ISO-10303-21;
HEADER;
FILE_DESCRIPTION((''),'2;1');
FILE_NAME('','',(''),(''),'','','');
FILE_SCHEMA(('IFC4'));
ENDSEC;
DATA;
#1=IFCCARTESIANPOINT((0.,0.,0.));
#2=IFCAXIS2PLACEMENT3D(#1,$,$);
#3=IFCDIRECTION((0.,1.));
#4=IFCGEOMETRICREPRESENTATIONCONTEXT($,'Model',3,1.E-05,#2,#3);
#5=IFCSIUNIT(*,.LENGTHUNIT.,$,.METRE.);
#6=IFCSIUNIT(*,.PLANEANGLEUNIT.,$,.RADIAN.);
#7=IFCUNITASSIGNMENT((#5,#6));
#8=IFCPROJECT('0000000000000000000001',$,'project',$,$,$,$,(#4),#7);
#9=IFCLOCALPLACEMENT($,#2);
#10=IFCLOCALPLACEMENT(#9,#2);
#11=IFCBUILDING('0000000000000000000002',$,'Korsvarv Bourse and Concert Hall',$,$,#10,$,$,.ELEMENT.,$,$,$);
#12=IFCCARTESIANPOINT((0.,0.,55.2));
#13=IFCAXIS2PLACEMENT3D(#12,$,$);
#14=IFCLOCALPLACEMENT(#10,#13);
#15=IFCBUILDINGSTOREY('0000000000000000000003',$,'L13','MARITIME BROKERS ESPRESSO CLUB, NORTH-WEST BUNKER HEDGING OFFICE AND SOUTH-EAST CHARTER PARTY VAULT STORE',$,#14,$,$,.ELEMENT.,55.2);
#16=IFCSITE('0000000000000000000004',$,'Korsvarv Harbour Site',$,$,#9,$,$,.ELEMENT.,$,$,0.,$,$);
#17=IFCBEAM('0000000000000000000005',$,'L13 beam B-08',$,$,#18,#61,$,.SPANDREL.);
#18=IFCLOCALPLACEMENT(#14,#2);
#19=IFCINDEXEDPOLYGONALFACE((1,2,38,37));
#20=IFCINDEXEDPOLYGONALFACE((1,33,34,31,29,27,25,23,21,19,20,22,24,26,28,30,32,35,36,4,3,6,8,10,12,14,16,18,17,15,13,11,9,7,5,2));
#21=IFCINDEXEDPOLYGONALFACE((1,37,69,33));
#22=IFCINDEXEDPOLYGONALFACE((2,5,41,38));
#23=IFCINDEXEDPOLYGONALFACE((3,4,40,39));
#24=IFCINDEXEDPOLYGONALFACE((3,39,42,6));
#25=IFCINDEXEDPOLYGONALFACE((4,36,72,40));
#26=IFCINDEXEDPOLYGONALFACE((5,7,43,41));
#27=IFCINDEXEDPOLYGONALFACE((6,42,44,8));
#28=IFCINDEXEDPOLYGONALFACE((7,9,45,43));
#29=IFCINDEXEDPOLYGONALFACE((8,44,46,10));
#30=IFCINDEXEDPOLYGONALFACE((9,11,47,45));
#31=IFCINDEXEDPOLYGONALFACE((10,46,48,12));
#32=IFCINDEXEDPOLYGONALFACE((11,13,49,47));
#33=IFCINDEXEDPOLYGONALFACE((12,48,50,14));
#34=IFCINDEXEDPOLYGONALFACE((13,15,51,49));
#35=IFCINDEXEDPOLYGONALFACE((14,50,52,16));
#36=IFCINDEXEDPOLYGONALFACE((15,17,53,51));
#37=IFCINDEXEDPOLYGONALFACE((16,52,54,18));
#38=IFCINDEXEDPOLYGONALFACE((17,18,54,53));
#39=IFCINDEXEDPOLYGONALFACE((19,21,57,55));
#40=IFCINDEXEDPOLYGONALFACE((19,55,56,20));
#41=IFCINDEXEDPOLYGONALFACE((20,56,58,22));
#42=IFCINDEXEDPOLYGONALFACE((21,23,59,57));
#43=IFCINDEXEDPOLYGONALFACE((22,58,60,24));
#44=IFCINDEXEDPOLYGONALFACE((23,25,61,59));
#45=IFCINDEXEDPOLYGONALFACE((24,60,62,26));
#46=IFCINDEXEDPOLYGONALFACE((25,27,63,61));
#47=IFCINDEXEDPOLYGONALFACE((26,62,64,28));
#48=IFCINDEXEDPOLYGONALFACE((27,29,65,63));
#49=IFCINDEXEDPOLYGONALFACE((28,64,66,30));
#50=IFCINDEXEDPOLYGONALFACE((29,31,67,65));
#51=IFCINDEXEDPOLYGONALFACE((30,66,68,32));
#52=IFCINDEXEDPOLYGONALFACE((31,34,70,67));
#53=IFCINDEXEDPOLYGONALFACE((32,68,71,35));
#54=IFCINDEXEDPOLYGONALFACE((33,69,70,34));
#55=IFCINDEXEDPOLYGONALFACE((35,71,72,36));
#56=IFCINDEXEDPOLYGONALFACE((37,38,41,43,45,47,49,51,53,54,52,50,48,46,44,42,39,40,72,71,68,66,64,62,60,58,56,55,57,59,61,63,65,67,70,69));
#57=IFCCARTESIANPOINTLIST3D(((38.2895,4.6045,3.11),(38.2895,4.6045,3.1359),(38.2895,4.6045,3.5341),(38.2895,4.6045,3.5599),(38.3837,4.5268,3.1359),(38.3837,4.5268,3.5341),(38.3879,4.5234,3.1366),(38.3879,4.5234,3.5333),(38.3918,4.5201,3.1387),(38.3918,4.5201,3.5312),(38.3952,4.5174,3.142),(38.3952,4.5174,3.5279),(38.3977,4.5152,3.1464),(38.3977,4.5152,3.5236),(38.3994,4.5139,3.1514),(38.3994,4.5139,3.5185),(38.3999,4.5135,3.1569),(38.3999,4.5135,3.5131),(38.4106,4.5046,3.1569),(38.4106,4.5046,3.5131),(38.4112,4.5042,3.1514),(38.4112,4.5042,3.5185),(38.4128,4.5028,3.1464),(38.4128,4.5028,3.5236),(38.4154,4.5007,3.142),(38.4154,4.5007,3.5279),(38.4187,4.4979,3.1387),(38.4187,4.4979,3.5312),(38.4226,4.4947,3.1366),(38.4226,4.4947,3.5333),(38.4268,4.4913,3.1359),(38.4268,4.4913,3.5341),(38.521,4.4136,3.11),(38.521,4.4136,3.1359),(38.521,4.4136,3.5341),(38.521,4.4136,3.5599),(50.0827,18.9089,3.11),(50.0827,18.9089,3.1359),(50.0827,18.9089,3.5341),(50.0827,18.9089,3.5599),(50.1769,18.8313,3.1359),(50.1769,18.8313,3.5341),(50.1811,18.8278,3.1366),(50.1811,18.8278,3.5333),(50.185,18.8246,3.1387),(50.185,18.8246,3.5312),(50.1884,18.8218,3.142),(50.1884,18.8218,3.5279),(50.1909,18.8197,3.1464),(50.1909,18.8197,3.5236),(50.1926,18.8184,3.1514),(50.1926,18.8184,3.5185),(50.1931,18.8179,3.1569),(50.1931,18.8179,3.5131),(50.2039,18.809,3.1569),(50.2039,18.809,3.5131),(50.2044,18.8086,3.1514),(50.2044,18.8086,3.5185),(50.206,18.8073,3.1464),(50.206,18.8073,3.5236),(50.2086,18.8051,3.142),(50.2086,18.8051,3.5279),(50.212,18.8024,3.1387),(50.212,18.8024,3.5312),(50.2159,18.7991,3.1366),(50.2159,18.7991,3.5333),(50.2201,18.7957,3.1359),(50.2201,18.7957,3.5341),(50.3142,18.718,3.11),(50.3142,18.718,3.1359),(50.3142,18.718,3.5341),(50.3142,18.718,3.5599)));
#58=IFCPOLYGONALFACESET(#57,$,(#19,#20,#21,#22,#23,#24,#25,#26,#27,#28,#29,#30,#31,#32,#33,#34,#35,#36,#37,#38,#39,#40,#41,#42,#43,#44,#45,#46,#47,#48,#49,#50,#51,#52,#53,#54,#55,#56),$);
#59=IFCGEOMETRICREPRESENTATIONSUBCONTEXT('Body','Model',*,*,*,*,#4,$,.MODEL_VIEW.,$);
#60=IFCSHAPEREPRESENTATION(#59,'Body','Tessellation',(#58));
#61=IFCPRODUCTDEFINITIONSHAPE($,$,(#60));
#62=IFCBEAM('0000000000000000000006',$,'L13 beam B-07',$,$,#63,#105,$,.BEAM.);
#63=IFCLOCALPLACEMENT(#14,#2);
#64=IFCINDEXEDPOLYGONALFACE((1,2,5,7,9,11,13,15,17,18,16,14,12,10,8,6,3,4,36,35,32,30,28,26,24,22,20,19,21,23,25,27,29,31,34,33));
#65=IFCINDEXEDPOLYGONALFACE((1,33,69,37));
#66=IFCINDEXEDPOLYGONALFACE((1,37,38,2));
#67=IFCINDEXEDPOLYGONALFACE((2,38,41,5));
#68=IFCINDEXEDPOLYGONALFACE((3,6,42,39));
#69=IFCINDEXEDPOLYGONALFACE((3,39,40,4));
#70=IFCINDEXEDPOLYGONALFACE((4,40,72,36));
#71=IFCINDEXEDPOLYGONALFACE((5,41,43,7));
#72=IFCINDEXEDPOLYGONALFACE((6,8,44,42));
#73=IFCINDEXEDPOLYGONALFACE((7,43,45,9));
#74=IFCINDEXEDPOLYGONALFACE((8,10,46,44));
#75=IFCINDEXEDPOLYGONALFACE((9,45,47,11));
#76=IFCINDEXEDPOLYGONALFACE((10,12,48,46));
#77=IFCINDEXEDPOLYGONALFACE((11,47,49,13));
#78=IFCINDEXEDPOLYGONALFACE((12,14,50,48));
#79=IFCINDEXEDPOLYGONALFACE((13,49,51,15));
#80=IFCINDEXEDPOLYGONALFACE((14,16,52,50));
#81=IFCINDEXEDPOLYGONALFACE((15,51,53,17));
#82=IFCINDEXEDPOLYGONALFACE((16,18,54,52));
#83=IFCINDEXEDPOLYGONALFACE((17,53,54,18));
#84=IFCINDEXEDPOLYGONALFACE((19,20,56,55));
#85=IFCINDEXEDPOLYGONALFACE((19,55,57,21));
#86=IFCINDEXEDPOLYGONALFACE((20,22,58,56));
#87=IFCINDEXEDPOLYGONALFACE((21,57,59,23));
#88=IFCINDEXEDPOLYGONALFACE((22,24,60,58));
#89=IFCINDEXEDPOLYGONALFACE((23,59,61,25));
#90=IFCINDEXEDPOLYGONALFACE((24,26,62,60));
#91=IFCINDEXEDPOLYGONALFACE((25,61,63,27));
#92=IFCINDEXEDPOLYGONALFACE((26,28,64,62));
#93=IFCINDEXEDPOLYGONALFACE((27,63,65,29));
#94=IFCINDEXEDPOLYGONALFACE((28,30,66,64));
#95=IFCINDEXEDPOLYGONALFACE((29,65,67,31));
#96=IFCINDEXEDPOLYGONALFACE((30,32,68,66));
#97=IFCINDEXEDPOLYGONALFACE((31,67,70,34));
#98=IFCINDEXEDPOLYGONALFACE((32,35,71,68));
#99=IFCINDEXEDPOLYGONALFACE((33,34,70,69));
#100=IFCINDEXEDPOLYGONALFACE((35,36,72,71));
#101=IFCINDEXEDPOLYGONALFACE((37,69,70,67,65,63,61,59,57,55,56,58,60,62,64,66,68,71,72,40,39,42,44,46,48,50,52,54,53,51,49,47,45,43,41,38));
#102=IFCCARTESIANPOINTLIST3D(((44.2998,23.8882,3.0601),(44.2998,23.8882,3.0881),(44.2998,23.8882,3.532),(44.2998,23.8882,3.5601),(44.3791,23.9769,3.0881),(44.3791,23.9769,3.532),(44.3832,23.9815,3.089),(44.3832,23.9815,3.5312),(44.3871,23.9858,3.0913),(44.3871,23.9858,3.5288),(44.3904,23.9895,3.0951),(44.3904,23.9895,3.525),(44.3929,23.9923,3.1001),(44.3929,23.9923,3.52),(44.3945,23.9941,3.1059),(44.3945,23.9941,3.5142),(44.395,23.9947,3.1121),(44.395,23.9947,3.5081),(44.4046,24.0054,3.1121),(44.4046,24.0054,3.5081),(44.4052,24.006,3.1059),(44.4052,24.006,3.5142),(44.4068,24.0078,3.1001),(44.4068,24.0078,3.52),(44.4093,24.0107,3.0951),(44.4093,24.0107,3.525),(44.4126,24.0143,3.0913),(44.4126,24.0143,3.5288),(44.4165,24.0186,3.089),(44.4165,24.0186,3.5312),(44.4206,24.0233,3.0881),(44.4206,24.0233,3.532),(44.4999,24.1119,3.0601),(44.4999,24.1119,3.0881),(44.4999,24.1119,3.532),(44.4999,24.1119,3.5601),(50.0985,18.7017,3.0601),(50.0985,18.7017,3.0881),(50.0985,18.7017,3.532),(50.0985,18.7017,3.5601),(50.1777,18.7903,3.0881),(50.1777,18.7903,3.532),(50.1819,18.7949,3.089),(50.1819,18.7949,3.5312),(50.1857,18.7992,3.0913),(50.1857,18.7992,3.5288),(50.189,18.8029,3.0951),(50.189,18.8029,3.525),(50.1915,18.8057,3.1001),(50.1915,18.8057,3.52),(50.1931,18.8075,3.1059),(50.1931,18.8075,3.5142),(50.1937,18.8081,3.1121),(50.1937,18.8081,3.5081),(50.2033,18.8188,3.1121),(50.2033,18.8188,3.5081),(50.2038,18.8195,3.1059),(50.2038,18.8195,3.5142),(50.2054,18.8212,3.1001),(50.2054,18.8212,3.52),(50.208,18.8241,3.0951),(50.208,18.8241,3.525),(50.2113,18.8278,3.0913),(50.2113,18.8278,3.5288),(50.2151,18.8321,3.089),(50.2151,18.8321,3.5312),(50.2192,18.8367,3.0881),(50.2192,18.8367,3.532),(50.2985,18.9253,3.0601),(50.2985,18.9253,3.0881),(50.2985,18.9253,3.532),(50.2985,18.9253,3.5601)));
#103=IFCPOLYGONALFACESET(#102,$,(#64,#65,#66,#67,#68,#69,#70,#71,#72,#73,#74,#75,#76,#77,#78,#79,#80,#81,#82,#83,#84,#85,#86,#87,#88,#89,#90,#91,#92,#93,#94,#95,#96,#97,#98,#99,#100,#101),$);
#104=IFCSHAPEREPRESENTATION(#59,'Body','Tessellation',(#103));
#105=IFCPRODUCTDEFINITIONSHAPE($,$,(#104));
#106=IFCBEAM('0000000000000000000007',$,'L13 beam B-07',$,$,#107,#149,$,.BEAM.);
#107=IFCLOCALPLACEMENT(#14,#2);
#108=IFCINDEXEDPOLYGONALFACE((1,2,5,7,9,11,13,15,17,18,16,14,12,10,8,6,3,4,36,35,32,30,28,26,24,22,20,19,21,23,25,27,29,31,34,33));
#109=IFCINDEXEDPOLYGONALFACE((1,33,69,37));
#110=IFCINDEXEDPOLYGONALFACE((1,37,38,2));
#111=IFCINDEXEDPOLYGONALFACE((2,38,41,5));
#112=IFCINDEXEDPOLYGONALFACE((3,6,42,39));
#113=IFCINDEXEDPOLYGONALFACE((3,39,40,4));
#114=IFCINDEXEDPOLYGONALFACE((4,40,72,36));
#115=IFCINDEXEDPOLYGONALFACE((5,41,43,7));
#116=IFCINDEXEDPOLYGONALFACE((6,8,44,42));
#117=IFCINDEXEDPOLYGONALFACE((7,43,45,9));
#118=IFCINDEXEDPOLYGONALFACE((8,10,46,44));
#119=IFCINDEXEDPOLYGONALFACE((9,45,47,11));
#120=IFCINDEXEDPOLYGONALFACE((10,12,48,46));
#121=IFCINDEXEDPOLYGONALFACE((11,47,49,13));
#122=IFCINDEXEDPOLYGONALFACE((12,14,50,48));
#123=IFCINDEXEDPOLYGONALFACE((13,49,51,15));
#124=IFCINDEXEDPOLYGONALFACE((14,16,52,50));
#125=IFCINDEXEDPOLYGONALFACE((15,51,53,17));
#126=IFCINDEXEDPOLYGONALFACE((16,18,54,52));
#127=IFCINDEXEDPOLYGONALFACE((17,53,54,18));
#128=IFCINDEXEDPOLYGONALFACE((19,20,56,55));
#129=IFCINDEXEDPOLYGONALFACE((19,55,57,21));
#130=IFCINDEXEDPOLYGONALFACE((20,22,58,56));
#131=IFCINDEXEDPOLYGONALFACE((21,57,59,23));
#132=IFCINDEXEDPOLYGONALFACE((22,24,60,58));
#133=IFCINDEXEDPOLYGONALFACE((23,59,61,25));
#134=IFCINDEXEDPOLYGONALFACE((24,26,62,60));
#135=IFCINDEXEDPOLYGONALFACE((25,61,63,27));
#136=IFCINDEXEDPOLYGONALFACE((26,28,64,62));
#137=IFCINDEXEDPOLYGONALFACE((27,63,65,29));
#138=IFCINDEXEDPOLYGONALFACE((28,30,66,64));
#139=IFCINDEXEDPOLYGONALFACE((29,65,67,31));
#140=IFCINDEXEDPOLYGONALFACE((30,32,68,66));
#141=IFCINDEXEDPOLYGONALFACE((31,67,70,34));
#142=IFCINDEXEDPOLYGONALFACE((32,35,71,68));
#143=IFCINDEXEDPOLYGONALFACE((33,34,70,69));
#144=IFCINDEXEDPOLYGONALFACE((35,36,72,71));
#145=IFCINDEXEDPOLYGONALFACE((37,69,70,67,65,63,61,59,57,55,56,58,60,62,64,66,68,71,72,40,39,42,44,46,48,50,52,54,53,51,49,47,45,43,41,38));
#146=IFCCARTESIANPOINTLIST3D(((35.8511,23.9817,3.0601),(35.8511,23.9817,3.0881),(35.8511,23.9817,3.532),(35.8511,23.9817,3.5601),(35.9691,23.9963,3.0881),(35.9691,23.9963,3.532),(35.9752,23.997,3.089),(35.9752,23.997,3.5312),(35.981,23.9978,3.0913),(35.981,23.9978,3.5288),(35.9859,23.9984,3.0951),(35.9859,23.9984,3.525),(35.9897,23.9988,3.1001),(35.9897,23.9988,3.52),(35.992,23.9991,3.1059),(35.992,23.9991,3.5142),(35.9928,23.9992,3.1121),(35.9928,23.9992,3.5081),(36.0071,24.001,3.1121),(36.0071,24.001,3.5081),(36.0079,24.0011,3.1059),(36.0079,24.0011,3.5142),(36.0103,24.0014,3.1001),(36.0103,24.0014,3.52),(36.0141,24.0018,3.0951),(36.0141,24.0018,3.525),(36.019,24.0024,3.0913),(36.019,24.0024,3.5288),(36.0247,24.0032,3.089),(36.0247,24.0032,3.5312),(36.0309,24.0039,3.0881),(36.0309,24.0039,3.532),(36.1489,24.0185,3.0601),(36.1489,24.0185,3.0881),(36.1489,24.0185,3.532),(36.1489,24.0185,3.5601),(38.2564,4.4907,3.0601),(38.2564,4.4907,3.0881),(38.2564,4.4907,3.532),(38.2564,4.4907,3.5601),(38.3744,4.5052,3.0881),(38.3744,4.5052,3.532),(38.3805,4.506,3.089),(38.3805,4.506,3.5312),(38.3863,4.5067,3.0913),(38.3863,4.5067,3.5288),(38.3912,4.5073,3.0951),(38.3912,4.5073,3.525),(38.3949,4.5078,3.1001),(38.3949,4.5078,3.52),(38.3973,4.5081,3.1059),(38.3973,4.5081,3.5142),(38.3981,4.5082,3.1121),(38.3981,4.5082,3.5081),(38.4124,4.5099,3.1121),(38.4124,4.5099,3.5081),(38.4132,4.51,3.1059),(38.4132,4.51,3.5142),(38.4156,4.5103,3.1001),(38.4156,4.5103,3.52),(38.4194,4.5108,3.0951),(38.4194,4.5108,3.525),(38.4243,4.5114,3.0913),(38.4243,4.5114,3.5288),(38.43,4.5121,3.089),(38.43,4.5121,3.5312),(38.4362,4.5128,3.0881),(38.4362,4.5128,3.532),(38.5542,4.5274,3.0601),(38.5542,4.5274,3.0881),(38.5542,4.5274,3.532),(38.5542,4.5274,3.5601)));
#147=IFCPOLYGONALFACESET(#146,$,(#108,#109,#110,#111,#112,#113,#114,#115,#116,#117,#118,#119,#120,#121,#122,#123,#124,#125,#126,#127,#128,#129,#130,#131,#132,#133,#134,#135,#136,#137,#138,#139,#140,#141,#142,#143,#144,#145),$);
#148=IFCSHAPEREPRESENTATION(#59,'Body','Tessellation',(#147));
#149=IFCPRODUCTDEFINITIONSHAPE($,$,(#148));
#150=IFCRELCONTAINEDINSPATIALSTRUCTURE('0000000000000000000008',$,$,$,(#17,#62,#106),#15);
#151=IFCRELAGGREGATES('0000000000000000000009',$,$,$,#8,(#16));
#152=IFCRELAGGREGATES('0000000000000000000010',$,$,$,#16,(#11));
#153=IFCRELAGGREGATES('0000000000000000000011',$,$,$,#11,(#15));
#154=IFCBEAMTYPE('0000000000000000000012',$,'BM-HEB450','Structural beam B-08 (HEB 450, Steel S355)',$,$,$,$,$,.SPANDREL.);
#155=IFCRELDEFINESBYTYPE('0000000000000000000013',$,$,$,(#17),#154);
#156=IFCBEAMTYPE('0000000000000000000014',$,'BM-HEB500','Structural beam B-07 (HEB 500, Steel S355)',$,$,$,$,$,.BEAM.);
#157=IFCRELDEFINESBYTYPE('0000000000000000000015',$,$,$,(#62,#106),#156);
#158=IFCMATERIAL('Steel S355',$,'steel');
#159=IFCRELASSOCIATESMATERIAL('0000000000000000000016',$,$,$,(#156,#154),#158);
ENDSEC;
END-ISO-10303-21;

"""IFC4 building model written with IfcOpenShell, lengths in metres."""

from ifc_helpers import new_model, si_unit, direction, frame, origin, origin_2d, place, context, subcontext, project, spatial, i_section, extrude, source, transform, mapped, material, material_profile, profile_set, type_object, element, save


model = new_model("IFC4")

# Units and contexts
model_context = context("Model", 3, precision=1e-05, world=origin(), true_north=direction((0.0, 1.0)))
body_context = subcontext(model_context, "Body", "Model", "MODEL_VIEW")
ifc_project = project(units=[si_unit("LENGTHUNIT", "METRE"), si_unit("PLANEANGLEUNIT", "RADIAN")], contexts=[model_context])

# Site, building, storey
site_placement = place(None, origin())
site = spatial("IfcSite", under=ifc_project, at=site_placement, Name="Korsvarv Harbour Site", CompositionType="ELEMENT", RefElevation=0.0)
building_placement = place(site_placement, origin())
building = spatial("IfcBuilding", under=site, at=building_placement, Name="Korsvarv Bourse and Concert Hall", CompositionType="ELEMENT")
storey_placement = place(building_placement, frame((0.0, 0.0, 55.2)))
storey = spatial("IfcBuildingStorey", under=building, at=storey_placement, Name="L13", Description="MARITIME BROKERS ESPRESSO CLUB, NORTH-WEST BUNKER HEDGING OFFICE AND SOUTH-EAST CHARTER PARTY VAULT STORE", CompositionType="ELEMENT", Elevation=55.2)

# Beams
ifc_material_1 = material(Name="Steel S355", Category="steel")
ifc_material_profile_1 = material_profile(ifc_material_1, i_section(OverallWidth=0.3, OverallDepth=0.5, WebThickness=0.0144, FlangeThickness=0.0281, FilletRadius=0.0239, at=origin_2d()), Name="HEB 500")
ifc_profile_set_1 = profile_set([ifc_material_profile_1], Name="Steel S355")
beam_type_1 = type_object("IfcBeamType", Name="BM-HEB500", Description="Structural beam B-07 (HEB 500, Steel S355)", PredefinedType="BEAM", material=ifc_profile_set_1)
ifc_material_profile_2 = material_profile(ifc_material_1, i_section(OverallWidth=0.3, OverallDepth=0.45, WebThickness=0.0139, FlangeThickness=0.0259, FilletRadius=0.021, at=origin_2d()), Name="HEB 450")
ifc_profile_set_2 = profile_set([ifc_material_profile_2], Name="Steel S355")
beam_type_2 = type_object("IfcBeamType", Name="BM-HEB450", Description="Structural beam B-08 (HEB 450, Steel S355)", PredefinedType="SPANDREL", material=ifc_profile_set_2)
shared_shape_1 = source(origin(), body_context, "Body", "SweptSolid", [
    extrude(i_section(OverallWidth=0.3, OverallDepth=0.45, WebThickness=0.0139, FlangeThickness=0.0259, FilletRadius=0.021, at=origin_2d()), origin(), (0.0, 0.0, 1.0), 18.5391),
])
beam_1_placement = place(storey_placement, frame((38.4053, 4.509, 3.335), z_axis=(0.636128, 0.771584, 0.0), x_axis=(-0.771584, 0.636128, 0.0)))
element("IfcBeam", 1, at=beam_1_placement, inside=storey, type_object=beam_type_2, Name="L13 beam B-08", PredefinedType="SPANDREL", context=body_context, shape_type="MappedRepresentation", body=[
    mapped(shared_shape_1, transform((0.0, 0.0, 0.0), scale=1.0)),
])
shared_shape_2 = source(origin(), body_context, "Body", "SweptSolid", [
    extrude(i_section(OverallWidth=0.3, OverallDepth=0.5, WebThickness=0.0144, FlangeThickness=0.0281, FilletRadius=0.0239, at=origin_2d()), origin(), (0.0, 0.0, 1.0), 7.7798),
])
beam_2_placement = place(storey_placement, frame((50.1985, 18.8135, 3.3101), z_axis=(-0.745349, 0.666675, 0.0), x_axis=(-0.666675, -0.745349, 0.0)))
element("IfcBeam", 2, at=beam_2_placement, inside=storey, type_object=beam_type_1, Name="L13 beam B-07", PredefinedType="BEAM", context=body_context, shape_type="MappedRepresentation", body=[
    mapped(shared_shape_2, transform((0.0, 0.0, 0.0), scale=1.0)),
])
shared_shape_3 = source(origin(), body_context, "Body", "SweptSolid", [
    extrude(i_section(OverallWidth=0.3, OverallDepth=0.5, WebThickness=0.0144, FlangeThickness=0.0281, FilletRadius=0.0239, at=origin_2d()), origin(), (0.0, 0.0, 1.0), 19.6389),
])
beam_3_placement = place(storey_placement, frame((38.4053, 4.509, 3.3101), z_axis=(-0.122475, 0.992472, 0.0), x_axis=(-0.992472, -0.122475, 0.0)))
element("IfcBeam", 3, at=beam_3_placement, inside=storey, type_object=beam_type_1, Name="L13 beam B-07", PredefinedType="BEAM", context=body_context, shape_type="MappedRepresentation", body=[
    mapped(shared_shape_3, transform((0.0, 0.0, 0.0), scale=1.0)),
])

save(model, "model.ifc")
